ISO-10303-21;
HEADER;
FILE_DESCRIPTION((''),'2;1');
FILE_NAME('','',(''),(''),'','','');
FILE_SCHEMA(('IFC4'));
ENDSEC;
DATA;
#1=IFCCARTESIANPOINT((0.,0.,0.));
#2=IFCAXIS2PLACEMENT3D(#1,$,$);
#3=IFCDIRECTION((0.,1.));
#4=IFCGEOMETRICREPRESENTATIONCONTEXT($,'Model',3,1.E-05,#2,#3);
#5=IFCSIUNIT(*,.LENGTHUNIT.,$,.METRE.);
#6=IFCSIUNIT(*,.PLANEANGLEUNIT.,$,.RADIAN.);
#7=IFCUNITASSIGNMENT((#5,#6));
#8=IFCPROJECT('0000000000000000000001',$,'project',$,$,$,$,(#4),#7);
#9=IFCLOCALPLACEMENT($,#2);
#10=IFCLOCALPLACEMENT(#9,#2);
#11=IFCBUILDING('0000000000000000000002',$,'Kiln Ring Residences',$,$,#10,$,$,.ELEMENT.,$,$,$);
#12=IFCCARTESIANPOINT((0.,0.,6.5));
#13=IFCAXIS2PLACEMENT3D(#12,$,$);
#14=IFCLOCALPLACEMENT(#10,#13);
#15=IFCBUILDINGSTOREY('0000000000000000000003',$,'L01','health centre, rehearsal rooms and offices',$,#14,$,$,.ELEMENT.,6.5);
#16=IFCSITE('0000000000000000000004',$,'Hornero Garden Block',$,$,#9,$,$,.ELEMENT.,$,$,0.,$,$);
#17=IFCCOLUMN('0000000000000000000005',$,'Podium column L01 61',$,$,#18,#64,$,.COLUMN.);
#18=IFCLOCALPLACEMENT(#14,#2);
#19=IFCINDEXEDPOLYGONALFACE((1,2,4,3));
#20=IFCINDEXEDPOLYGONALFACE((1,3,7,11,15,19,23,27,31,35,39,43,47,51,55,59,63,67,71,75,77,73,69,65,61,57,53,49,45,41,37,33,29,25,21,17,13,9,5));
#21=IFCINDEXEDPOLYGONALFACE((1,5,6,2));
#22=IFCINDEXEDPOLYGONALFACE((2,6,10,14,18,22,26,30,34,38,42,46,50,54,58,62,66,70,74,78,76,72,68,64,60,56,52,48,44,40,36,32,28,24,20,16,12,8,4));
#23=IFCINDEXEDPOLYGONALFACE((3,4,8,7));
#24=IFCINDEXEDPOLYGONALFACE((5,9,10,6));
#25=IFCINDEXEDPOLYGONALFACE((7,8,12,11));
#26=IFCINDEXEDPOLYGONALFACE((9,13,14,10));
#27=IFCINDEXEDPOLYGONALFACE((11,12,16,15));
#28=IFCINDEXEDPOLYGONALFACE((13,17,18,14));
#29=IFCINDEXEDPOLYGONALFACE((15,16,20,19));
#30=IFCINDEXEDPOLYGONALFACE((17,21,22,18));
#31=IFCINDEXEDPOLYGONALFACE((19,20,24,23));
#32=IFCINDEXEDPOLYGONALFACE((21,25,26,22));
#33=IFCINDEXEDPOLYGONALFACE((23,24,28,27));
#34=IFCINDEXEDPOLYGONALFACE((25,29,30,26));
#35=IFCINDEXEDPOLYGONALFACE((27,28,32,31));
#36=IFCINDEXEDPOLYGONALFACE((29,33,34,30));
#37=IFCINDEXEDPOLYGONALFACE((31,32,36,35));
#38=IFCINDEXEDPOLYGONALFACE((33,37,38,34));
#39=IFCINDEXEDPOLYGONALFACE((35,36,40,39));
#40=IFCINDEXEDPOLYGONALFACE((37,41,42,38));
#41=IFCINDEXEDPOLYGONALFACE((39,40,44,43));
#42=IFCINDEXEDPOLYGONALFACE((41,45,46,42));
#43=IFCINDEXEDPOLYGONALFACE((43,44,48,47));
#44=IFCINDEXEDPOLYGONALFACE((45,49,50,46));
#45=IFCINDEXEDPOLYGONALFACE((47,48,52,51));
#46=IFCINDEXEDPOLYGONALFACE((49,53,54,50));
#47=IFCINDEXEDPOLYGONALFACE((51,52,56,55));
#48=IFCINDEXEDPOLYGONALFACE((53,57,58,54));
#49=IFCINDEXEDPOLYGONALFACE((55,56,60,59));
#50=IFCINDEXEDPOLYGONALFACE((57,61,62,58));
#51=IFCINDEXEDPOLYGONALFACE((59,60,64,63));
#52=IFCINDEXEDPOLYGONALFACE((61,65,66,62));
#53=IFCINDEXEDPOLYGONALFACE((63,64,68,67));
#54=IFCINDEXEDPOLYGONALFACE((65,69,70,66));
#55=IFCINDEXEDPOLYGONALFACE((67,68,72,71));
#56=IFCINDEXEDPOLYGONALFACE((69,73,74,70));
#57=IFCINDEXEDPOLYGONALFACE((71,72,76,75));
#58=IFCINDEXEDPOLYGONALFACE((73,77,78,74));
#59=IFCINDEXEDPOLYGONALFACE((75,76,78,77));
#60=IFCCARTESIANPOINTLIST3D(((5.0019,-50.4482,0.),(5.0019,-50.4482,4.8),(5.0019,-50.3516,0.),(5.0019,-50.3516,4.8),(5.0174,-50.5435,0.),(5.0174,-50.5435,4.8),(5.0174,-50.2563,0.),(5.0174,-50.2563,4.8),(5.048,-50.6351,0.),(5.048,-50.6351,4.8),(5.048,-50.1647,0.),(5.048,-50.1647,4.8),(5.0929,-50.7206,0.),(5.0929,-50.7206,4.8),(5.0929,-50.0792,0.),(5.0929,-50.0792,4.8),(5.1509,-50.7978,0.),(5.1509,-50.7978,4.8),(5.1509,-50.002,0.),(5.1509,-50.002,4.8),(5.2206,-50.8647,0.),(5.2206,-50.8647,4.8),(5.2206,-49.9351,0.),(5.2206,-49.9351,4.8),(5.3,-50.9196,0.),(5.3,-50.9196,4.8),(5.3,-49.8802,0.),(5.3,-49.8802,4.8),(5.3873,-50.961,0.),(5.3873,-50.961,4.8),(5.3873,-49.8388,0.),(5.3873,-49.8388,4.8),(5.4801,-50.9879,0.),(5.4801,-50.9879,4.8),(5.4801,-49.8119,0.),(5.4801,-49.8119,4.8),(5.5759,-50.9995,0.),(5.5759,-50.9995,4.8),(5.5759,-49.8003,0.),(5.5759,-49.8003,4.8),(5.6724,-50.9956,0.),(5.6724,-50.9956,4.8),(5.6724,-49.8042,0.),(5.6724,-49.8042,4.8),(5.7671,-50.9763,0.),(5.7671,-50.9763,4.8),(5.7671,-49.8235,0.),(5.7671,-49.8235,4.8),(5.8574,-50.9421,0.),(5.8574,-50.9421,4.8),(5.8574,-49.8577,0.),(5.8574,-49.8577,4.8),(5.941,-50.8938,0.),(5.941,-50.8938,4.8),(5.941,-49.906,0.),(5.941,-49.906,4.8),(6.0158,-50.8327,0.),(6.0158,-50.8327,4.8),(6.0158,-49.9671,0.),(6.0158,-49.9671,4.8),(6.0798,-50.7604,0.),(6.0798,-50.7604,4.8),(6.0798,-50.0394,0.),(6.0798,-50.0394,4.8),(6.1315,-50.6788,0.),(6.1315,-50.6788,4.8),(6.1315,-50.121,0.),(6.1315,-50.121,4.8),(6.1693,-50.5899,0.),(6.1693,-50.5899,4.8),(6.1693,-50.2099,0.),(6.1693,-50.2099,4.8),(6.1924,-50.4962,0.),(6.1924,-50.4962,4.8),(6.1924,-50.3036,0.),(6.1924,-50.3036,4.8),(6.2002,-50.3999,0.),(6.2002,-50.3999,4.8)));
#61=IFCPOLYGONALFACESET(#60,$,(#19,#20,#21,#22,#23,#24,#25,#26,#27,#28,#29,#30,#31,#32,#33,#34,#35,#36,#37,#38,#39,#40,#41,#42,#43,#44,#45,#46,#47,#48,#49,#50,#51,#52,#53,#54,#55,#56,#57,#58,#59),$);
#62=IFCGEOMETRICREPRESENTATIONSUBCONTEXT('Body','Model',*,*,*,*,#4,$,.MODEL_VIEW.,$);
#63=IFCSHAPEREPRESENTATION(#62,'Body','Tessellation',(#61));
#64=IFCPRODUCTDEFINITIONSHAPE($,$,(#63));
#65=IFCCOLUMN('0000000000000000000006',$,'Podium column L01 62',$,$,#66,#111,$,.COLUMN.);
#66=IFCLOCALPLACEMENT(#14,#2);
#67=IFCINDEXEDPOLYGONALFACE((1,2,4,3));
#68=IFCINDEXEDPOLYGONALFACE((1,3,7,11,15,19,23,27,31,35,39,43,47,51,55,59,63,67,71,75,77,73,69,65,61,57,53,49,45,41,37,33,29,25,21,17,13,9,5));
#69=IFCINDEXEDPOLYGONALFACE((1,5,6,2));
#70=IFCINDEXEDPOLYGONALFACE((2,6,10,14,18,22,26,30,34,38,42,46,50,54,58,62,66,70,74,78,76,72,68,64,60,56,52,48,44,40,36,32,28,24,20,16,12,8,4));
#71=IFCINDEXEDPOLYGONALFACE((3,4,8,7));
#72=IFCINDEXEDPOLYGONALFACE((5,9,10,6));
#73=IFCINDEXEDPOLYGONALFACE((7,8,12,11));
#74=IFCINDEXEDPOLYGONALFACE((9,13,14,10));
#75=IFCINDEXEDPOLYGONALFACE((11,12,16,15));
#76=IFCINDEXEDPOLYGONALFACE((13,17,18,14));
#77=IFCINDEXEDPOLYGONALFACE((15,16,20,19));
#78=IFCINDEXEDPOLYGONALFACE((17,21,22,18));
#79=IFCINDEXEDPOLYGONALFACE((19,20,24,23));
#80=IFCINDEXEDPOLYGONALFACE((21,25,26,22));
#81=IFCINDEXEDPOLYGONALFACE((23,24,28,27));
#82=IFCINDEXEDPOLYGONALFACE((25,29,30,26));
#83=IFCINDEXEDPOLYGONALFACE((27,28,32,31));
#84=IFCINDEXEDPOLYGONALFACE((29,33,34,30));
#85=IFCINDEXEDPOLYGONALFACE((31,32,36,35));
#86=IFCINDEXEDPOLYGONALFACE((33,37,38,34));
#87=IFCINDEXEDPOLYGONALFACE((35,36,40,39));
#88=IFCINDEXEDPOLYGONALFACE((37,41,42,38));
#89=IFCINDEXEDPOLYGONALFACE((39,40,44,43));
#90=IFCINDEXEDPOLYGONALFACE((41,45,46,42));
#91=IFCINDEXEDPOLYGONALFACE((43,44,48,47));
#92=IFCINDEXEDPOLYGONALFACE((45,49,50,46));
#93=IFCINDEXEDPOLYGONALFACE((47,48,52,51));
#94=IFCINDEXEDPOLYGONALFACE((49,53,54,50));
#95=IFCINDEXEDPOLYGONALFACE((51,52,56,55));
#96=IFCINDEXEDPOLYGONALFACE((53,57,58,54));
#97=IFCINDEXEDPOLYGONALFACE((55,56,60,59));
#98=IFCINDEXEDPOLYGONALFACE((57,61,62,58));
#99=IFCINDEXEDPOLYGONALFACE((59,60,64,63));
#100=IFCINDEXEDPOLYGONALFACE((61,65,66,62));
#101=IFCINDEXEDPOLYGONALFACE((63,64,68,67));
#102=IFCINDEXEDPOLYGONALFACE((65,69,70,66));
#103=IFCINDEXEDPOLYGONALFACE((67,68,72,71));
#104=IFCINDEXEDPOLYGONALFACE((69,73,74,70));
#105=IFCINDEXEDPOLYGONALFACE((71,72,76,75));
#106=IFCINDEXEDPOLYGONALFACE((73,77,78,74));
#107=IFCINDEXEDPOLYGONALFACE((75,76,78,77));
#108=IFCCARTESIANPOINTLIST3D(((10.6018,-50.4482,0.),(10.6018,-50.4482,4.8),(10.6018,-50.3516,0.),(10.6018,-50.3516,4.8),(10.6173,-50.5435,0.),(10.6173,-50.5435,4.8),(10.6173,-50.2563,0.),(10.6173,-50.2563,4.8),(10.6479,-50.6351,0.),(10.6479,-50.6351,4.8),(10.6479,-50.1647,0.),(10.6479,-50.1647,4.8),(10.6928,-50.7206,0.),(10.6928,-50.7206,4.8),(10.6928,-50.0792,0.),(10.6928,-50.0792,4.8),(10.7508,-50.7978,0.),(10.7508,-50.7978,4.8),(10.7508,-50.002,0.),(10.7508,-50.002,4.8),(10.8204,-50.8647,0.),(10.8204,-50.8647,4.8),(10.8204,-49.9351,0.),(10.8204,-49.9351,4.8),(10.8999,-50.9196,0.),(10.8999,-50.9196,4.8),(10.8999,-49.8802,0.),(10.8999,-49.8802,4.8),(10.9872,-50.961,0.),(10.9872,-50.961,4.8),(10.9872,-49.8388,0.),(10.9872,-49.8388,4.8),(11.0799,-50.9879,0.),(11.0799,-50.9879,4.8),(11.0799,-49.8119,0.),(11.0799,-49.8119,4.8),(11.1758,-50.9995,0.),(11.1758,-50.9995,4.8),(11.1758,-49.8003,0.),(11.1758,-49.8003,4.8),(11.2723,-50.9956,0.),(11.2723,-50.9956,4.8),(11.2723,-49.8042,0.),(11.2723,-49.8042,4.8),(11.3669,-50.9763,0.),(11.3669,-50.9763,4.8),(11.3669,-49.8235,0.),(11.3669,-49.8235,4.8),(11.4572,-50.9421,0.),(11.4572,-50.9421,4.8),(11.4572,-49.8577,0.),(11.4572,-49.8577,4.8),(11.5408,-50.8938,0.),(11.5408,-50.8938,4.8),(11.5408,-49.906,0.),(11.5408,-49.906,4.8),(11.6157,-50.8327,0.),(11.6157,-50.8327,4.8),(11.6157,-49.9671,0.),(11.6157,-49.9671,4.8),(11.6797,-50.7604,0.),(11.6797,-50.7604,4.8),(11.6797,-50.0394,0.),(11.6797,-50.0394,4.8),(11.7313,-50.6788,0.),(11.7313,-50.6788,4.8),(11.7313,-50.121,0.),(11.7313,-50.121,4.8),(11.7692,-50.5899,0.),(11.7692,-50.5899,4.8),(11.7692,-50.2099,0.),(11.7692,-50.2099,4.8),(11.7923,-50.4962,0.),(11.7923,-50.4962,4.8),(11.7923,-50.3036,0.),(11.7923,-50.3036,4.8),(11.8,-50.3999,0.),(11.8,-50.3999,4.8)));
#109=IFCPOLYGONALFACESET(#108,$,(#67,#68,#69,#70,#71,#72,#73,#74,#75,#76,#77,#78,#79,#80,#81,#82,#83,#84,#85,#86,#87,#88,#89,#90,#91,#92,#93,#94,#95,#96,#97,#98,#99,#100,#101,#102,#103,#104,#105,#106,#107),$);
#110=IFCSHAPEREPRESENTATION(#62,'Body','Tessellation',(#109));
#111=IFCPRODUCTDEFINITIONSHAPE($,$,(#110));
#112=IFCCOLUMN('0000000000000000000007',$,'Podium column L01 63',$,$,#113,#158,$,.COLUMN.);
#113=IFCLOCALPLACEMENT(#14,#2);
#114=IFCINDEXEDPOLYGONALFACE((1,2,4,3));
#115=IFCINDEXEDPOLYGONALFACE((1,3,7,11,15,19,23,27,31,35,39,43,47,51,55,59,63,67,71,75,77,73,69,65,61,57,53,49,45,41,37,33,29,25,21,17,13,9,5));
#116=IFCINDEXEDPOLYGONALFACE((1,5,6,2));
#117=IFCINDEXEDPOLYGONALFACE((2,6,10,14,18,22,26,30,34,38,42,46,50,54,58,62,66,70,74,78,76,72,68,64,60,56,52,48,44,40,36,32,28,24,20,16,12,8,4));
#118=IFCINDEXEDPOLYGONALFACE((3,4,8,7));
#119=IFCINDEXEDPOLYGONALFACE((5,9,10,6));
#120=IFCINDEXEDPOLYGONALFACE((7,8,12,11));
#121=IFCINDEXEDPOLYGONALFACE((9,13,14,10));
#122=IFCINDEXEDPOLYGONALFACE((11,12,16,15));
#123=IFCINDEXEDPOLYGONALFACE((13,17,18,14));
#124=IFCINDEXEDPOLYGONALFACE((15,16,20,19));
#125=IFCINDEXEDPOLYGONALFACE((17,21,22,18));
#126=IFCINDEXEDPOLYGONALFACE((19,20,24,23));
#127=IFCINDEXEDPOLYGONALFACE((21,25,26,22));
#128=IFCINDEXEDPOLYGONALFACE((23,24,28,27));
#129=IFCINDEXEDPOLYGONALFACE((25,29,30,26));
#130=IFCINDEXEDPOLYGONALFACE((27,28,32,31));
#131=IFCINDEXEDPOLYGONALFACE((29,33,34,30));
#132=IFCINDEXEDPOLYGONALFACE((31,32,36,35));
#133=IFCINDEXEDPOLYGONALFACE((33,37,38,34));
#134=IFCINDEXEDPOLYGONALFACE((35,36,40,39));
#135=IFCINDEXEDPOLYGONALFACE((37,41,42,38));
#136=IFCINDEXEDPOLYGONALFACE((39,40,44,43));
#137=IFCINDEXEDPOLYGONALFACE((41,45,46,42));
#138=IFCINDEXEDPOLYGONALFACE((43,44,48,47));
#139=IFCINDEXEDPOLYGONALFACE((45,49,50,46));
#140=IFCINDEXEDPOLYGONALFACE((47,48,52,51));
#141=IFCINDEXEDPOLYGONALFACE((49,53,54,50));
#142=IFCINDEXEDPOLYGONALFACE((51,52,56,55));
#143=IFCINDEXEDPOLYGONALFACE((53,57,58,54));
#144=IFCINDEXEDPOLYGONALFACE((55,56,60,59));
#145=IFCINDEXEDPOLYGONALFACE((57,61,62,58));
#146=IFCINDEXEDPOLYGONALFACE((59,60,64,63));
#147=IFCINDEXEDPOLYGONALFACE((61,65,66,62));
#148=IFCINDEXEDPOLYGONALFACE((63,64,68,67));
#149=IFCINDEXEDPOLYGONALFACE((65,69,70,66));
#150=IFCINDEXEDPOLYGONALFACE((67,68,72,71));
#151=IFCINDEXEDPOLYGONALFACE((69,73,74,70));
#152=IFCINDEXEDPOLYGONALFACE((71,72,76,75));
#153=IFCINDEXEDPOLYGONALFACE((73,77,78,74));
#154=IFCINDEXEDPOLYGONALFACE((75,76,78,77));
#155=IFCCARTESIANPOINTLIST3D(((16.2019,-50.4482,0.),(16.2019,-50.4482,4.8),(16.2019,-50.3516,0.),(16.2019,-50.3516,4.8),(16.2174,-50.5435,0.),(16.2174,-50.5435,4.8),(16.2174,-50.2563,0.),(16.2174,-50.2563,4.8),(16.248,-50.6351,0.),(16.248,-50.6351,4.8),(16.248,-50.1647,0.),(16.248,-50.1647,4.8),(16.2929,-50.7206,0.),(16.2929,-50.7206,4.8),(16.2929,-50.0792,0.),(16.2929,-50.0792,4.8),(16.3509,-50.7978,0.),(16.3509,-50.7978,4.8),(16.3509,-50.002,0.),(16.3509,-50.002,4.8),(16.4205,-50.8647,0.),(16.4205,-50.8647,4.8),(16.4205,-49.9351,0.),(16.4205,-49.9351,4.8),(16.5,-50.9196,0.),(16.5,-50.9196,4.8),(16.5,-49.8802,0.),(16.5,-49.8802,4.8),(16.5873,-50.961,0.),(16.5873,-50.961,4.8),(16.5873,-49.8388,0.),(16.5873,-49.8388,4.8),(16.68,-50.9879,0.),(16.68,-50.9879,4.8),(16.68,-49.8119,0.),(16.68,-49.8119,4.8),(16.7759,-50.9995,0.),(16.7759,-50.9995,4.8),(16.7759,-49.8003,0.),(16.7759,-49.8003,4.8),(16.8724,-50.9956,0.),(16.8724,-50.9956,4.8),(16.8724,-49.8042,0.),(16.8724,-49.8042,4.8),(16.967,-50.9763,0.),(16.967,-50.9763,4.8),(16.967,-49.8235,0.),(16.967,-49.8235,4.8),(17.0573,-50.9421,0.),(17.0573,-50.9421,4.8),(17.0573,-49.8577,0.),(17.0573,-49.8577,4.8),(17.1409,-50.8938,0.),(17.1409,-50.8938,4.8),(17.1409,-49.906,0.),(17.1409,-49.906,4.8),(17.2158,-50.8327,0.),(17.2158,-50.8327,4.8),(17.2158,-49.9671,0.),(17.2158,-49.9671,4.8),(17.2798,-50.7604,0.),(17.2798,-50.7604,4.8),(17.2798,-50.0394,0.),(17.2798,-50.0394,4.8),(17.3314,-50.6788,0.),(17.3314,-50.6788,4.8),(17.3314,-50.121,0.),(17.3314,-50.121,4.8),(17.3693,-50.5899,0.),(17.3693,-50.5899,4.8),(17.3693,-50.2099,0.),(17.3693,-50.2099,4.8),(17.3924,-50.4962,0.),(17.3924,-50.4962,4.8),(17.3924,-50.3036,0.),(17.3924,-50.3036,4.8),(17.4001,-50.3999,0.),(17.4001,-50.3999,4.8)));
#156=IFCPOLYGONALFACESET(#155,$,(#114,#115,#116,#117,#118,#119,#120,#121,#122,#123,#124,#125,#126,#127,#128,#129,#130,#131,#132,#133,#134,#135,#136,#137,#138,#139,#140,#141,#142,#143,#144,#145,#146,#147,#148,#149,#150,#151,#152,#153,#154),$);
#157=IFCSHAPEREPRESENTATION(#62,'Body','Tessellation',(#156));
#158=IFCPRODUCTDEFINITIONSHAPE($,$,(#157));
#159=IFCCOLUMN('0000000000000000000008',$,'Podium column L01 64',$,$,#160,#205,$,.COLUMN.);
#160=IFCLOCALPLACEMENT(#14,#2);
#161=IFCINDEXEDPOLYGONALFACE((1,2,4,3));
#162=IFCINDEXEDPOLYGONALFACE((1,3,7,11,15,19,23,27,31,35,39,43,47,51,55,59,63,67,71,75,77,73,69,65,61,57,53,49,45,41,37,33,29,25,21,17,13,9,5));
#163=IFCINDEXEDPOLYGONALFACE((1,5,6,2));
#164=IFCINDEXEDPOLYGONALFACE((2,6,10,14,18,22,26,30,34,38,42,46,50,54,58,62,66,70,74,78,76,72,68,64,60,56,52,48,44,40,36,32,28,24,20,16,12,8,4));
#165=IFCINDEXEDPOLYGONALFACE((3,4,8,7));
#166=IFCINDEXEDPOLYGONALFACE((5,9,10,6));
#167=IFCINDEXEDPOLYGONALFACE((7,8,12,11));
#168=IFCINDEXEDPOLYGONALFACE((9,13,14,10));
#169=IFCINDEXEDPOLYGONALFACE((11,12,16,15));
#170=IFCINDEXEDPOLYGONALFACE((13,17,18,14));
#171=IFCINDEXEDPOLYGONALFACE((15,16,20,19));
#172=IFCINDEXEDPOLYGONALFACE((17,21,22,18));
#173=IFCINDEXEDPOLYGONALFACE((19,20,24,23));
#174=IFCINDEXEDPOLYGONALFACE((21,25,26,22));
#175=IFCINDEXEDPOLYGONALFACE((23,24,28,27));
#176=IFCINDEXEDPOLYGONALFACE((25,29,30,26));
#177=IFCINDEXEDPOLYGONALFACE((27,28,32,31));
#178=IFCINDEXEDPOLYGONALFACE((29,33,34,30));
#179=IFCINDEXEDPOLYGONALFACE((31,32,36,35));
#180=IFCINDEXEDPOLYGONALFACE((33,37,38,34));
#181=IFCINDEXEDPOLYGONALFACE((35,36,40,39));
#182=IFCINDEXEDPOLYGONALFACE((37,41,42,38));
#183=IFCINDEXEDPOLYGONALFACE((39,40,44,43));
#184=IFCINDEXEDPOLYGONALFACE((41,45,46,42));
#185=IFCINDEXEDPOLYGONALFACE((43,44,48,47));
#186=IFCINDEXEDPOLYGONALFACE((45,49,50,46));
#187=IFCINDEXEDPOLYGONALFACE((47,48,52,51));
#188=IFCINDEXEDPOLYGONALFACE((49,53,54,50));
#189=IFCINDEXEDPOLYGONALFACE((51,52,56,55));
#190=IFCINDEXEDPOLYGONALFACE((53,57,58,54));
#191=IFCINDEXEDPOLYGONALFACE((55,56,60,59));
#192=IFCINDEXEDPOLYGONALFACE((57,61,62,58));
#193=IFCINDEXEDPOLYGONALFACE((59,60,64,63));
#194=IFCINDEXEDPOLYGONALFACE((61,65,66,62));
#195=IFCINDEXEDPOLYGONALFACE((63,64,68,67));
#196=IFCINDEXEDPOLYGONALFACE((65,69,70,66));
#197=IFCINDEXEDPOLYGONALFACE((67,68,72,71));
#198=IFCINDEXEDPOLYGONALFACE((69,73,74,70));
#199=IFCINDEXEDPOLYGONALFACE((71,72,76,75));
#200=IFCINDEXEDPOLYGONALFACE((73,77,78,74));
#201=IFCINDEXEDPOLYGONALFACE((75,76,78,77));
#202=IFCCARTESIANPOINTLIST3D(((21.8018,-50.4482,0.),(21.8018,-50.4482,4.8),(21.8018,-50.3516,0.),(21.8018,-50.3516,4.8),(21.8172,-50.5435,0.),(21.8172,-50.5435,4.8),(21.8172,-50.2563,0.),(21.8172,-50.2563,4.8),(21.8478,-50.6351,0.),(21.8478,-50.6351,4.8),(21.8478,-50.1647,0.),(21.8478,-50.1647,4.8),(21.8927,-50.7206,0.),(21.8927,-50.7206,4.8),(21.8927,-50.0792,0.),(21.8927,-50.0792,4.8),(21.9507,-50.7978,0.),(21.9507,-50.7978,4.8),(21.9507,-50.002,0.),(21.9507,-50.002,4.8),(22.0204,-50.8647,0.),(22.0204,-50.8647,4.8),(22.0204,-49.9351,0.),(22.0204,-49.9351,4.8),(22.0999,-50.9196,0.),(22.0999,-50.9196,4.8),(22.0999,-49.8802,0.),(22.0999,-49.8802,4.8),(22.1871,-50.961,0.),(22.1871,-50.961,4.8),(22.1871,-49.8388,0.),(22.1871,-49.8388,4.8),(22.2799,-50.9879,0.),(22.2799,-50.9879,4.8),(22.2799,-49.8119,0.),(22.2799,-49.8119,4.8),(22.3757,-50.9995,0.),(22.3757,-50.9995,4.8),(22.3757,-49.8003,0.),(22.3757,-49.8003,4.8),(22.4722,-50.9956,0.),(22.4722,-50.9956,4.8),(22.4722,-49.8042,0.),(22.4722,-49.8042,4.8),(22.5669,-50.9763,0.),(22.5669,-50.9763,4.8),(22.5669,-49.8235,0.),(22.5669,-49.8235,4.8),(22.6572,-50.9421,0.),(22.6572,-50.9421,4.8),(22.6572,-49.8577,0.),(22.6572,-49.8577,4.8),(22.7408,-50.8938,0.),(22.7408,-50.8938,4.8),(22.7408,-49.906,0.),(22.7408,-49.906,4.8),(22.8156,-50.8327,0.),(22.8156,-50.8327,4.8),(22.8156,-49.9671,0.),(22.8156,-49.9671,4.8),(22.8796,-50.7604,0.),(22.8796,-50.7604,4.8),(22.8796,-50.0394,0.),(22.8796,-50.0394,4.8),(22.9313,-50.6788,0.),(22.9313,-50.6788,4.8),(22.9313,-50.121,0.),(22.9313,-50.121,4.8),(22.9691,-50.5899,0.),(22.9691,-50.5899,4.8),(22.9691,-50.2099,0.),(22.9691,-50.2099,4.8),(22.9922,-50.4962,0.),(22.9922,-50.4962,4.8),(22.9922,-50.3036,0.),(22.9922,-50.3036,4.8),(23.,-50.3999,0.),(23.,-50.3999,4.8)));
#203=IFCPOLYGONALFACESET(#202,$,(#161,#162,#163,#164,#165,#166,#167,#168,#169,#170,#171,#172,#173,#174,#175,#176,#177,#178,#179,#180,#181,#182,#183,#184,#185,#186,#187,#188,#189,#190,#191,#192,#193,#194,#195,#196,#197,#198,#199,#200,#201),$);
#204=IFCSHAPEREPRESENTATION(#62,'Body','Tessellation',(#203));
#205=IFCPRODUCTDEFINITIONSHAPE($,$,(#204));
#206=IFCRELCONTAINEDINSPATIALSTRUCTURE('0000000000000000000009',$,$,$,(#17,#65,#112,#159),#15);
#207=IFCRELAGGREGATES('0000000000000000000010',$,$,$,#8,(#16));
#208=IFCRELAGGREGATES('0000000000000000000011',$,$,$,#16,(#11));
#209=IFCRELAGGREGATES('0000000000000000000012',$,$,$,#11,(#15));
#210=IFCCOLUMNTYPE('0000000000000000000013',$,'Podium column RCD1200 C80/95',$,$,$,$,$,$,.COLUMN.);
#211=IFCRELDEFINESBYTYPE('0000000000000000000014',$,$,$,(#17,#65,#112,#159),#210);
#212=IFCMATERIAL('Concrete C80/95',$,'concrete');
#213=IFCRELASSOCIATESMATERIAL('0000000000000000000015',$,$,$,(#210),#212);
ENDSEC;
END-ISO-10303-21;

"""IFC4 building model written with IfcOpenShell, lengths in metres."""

from ifc_helpers import new_model, si_unit, direction, frame, origin, origin_2d, place, context, subcontext, project, spatial, circle, extrude, material, material_profile, profile_set, type_object, element, save


model = new_model("IFC4")

# Units and contexts
model_context = context("Model", 3, precision=1e-05, world=origin(), true_north=direction((0.0, 1.0)))
body_context = subcontext(model_context, "Body", "Model", "MODEL_VIEW")
ifc_project = project(units=[si_unit("LENGTHUNIT", "METRE"), si_unit("PLANEANGLEUNIT", "RADIAN")], contexts=[model_context])

# Site, building, storey
site_placement = place(None, origin())
site = spatial("IfcSite", under=ifc_project, at=site_placement, Name="Hornero Garden Block", CompositionType="ELEMENT", RefElevation=0.0)
building_placement = place(site_placement, origin())
building = spatial("IfcBuilding", under=site, at=building_placement, Name="Kiln Ring Residences", CompositionType="ELEMENT")
storey_placement = place(building_placement, frame((0.0, 0.0, 6.5)))
storey = spatial("IfcBuildingStorey", under=building, at=storey_placement, Name="L01", Description="health centre, rehearsal rooms and offices", CompositionType="ELEMENT", Elevation=6.5)

# Columns
ifc_material_1 = material(Name="Concrete C80/95", Category="concrete")
ifc_material_profile = material_profile(ifc_material_1, circle(Radius=0.6001, at=origin_2d()), Name="RCD1200")
ifc_profile_set = profile_set([ifc_material_profile], Name="Concrete C80/95")
column_type = type_object("IfcColumnType", Name="Podium column RCD1200 C80/95", PredefinedType="COLUMN", material=ifc_profile_set)
for number, where, z_axis, x_axis, name in (
    (1, (5.6001, -50.3999, 0.0), (0.0, 0.0, 1.0), (1.0, 0.0, 0.0), "Podium column L01 61"),
    (2, (11.2, -50.3999, 0.0), (0.0, 0.0, 1.0), (1.0, 0.0, 0.0), "Podium column L01 62"),
    (3, (16.8, -50.3999, 0.0), (0.0, 0.0, 1.0), (1.0, 0.0, 0.0), "Podium column L01 63"),
    (4, (22.3999, -50.3999, 0.0), (0.0, 0.0, 1.0), (1.0, 0.0, 0.0), "Podium column L01 64"),
):
    element("IfcColumn", number, at=place(storey_placement, frame(where, z_axis=z_axis, x_axis=x_axis)), inside=storey, type_object=column_type, Name=name, PredefinedType="COLUMN", context=body_context, shape_type="SweptSolid", body=[
        extrude(circle(Radius=0.6001, at=origin_2d()), origin(), (0.0, 0.0, 1.0), 4.8),
    ])

save(model, "model.ifc")
